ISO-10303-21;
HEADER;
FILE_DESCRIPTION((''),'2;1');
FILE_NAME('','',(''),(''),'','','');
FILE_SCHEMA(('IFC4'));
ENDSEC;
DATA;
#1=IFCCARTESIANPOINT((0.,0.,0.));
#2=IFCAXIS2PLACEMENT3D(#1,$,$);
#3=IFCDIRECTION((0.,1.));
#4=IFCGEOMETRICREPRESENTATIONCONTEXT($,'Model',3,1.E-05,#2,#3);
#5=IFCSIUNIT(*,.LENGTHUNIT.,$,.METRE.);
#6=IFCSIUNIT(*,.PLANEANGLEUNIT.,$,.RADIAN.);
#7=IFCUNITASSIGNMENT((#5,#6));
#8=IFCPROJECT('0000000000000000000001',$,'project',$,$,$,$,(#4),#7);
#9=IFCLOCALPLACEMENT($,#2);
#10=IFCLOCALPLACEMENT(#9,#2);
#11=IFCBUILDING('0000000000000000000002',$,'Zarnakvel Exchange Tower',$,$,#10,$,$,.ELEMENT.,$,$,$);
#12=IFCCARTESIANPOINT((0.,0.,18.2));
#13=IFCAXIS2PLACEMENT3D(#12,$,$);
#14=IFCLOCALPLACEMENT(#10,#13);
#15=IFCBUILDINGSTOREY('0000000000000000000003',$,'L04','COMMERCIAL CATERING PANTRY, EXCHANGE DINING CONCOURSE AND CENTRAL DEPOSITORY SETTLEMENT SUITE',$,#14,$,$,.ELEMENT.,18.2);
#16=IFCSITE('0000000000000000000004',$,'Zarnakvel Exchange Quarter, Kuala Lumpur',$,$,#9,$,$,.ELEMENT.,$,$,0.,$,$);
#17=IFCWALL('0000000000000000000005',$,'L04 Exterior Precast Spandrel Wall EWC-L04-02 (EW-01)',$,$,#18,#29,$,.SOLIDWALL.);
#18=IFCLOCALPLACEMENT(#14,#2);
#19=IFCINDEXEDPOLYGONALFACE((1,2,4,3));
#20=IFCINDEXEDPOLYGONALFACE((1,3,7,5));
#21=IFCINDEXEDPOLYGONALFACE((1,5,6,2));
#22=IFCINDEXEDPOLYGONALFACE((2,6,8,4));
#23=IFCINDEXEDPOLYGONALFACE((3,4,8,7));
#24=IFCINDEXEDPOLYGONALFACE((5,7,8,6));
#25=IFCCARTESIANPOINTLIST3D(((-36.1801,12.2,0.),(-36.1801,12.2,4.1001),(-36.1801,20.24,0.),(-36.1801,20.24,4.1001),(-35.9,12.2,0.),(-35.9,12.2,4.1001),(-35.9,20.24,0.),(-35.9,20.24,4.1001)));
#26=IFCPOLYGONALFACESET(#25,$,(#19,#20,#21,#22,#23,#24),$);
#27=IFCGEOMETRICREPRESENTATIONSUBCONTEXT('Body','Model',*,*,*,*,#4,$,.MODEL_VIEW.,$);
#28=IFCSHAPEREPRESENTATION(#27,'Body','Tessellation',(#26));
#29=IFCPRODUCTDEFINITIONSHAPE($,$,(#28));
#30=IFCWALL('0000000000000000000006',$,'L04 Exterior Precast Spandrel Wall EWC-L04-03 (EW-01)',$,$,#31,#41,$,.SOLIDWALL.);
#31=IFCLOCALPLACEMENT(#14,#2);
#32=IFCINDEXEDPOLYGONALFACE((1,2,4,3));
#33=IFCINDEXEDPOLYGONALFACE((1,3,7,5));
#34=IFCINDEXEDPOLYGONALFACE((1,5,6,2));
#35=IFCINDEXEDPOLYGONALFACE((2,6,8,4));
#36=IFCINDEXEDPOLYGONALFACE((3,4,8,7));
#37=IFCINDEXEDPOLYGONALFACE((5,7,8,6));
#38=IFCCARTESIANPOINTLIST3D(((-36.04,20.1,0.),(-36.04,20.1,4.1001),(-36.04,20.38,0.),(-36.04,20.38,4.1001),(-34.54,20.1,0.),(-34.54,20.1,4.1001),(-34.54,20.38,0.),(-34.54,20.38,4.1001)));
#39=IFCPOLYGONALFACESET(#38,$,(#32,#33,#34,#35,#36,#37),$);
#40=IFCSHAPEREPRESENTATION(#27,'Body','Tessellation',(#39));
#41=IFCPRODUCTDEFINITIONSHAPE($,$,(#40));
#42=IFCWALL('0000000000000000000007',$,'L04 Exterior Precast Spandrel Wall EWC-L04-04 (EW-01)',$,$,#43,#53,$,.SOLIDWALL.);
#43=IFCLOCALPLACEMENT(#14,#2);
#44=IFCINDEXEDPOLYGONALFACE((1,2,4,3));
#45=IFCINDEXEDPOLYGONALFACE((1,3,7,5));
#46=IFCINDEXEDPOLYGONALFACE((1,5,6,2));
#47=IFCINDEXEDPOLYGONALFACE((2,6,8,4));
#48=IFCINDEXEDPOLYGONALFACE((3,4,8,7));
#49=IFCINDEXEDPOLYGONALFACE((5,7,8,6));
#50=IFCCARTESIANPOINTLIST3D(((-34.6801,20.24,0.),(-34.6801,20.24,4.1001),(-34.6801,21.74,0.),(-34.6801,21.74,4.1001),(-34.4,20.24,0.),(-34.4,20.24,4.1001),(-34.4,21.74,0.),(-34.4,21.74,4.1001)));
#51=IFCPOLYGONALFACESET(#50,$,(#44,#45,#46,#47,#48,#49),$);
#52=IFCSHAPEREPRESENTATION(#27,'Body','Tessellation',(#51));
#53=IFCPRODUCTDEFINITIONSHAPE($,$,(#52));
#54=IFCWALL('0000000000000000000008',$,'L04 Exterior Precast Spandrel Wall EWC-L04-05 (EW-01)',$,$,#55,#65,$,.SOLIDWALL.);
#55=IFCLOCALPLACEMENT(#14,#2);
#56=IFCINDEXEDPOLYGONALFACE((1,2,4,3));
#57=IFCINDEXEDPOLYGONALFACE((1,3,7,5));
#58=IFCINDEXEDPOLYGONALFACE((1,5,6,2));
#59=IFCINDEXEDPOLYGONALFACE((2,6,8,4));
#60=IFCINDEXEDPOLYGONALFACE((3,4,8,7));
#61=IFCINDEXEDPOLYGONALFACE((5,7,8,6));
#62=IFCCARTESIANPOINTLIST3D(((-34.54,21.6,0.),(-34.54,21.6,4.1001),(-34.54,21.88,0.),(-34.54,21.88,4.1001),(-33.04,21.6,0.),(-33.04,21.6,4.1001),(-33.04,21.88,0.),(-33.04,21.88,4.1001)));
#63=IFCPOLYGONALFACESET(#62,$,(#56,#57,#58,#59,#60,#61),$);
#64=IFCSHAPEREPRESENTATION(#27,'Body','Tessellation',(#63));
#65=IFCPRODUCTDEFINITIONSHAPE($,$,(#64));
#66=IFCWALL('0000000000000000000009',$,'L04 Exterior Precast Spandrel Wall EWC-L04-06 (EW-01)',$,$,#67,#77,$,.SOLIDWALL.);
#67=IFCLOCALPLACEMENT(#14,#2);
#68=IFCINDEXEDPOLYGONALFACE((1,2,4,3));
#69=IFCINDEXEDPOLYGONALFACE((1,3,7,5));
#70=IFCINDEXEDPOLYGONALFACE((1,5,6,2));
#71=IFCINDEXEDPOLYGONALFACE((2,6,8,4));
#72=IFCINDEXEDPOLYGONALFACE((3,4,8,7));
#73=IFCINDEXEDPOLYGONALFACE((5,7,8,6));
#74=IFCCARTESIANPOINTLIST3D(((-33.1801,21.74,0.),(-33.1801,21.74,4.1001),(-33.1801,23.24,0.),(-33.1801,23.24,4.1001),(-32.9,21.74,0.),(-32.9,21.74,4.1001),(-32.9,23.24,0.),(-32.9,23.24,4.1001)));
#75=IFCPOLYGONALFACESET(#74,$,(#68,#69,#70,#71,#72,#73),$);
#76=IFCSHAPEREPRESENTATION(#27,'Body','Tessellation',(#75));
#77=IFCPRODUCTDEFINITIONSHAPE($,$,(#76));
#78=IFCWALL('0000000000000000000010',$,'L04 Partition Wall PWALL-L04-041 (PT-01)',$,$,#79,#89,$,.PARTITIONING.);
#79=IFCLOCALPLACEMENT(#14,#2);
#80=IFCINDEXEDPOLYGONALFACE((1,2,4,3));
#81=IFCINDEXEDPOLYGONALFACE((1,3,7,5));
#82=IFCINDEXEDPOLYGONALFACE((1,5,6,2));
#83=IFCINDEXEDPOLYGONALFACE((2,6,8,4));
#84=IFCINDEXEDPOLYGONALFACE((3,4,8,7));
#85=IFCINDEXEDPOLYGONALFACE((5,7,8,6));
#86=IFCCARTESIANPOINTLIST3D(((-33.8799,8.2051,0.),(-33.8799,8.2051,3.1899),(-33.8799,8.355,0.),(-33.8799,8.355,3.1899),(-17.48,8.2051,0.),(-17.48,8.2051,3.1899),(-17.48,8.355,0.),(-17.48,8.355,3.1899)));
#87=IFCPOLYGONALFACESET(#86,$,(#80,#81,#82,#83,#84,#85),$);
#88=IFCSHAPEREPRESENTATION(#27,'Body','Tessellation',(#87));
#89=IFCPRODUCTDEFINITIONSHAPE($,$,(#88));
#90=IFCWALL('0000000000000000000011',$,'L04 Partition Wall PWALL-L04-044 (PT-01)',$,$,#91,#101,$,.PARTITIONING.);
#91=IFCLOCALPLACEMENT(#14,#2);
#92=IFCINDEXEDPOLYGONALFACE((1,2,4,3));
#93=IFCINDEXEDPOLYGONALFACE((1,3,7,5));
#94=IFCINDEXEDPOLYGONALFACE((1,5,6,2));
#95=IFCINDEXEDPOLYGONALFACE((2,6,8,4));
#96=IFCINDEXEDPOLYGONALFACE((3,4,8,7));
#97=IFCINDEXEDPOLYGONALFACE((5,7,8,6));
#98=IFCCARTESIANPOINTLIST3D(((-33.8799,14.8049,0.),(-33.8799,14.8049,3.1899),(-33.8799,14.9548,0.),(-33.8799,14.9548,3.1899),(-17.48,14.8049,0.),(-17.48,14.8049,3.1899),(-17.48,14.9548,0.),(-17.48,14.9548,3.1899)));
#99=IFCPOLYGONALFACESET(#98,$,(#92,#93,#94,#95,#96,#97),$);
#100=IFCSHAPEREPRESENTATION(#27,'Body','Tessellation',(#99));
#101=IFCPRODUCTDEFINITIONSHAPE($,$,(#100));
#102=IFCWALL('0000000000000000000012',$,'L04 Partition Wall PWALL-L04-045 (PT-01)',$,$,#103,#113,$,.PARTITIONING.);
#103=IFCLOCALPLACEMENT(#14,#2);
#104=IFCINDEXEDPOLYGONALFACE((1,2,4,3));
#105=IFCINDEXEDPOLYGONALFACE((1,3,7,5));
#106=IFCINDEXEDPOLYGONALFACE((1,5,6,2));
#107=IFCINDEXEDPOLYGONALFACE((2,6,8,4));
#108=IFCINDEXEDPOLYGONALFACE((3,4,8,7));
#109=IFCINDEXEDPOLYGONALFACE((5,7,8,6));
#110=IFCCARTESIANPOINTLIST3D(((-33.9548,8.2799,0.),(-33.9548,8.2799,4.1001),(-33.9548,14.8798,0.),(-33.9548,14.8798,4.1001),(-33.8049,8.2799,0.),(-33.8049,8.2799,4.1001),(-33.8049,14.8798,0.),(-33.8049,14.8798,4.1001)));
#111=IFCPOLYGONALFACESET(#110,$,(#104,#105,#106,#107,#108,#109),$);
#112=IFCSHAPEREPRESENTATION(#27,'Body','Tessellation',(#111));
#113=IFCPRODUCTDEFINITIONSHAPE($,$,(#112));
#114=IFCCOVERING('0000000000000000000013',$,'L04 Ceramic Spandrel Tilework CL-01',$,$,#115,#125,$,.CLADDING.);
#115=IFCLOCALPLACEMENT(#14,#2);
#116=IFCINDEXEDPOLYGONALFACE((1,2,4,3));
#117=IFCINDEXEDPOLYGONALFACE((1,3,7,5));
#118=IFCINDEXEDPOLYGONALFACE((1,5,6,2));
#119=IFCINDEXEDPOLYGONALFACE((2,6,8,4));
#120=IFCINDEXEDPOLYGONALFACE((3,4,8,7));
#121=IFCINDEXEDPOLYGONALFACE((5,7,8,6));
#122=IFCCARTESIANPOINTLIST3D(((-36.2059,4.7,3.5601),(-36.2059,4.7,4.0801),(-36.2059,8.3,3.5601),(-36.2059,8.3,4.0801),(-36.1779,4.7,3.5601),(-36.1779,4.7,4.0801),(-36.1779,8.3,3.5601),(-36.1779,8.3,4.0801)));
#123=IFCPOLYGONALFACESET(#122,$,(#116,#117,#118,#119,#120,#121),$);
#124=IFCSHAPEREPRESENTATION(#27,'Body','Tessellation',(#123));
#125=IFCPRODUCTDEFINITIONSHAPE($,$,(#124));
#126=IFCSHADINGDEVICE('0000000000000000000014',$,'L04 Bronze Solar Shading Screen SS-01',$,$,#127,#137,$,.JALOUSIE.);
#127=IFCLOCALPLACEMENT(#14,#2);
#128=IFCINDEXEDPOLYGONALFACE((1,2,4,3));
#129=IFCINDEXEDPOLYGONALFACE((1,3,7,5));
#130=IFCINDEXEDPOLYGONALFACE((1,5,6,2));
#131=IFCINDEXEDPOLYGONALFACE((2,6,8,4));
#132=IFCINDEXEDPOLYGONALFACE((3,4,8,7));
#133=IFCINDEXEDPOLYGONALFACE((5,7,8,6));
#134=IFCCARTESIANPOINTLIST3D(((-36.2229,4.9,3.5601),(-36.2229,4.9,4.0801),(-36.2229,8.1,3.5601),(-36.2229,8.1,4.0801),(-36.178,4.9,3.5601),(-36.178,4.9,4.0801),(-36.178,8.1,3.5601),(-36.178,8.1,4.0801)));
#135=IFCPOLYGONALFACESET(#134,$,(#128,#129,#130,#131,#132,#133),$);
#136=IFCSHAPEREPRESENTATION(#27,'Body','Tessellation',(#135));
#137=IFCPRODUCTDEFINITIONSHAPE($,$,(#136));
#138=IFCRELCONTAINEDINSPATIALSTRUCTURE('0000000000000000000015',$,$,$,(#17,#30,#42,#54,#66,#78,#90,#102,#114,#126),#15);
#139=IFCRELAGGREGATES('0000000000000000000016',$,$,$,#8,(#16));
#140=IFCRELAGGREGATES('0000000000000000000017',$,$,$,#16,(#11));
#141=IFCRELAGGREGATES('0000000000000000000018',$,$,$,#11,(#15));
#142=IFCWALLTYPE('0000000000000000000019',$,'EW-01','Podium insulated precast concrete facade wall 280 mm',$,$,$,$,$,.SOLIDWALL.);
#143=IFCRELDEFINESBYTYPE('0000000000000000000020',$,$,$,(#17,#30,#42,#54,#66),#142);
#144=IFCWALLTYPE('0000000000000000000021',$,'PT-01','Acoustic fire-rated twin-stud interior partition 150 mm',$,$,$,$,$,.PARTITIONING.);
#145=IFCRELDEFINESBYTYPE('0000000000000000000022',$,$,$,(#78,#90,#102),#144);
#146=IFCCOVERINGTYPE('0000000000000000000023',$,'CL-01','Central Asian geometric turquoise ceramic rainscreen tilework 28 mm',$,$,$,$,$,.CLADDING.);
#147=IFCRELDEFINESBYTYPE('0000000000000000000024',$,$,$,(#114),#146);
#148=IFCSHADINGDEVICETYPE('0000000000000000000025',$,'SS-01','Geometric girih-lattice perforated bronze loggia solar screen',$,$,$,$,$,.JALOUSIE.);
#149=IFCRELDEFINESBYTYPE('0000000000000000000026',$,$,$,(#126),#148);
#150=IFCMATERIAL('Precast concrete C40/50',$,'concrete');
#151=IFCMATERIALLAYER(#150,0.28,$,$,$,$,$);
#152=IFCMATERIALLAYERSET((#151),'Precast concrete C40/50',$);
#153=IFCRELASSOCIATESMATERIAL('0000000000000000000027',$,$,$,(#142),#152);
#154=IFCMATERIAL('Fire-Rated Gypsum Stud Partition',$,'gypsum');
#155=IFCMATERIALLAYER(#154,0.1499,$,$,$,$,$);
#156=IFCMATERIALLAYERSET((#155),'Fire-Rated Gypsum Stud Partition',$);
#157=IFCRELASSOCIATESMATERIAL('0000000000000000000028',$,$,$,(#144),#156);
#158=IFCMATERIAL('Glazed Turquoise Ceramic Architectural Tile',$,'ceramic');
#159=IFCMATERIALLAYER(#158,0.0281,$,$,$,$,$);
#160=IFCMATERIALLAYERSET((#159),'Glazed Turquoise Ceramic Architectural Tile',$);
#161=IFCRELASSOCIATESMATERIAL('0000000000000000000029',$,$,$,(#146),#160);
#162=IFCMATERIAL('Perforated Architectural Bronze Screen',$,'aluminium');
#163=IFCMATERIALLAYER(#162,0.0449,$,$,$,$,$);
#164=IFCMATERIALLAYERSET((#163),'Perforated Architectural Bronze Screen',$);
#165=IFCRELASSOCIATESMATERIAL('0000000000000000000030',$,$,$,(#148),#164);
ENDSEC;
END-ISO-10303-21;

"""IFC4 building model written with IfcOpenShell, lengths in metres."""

from ifc_helpers import new_model, si_unit, direction, frame, frame_2d, origin, origin_2d, place, context, subcontext, project, spatial, rectangle, extrude, source, transform, mapped, material, layer, layer_set, type_object, element, save


model = new_model("IFC4")

# Units and contexts
model_context = context("Model", 3, precision=1e-05, world=origin(), true_north=direction((0.0, 1.0)))
body_context = subcontext(model_context, "Body", "Model", "MODEL_VIEW")
ifc_project = project(units=[si_unit("LENGTHUNIT", "METRE"), si_unit("PLANEANGLEUNIT", "RADIAN")], contexts=[model_context])

# Site, building, storey
site_placement = place(None, origin())
site = spatial("IfcSite", under=ifc_project, at=site_placement, Name="Zarnakvel Exchange Quarter, Kuala Lumpur", CompositionType="ELEMENT", RefElevation=0.0)
building_placement = place(site_placement, origin())
building = spatial("IfcBuilding", under=site, at=building_placement, Name="Zarnakvel Exchange Tower", CompositionType="ELEMENT")
storey_placement = place(building_placement, frame((0.0, 0.0, 18.2)))
storey = spatial("IfcBuildingStorey", under=building, at=storey_placement, Name="L04", Description="COMMERCIAL CATERING PANTRY, EXCHANGE DINING CONCOURSE AND CENTRAL DEPOSITORY SETTLEMENT SUITE", CompositionType="ELEMENT", Elevation=18.2)

# Walls
ifc_material_1 = material(Name="Precast concrete C40/50", Category="concrete")
ifc_layer_1 = layer(ifc_material_1, 0.28)
ifc_layer_set_1 = layer_set([ifc_layer_1], Name="Precast concrete C40/50")
wall_type_1 = type_object("IfcWallType", Name="EW-01", Description="Podium insulated precast concrete facade wall 280 mm", PredefinedType="SOLIDWALL", material=ifc_layer_set_1)
wall_1_placement = place(storey_placement, frame((-36.04, 20.24, 0.0), z_axis=(0.0, 0.0, 1.0), x_axis=(0.0, -1.0, 0.0)))
element("IfcWall", 1, at=wall_1_placement, inside=storey, type_object=wall_type_1, Name="L04 Exterior Precast Spandrel Wall EWC-L04-02 (EW-01)", PredefinedType="SOLIDWALL", context=body_context, shape_type="SweptSolid", body=[
    extrude(rectangle(XDim=8.04, YDim=0.28, at=frame_2d((4.02, 0.0))), origin(), (0.0, 0.0, 1.0), 4.1001),
])
for number, where, z_axis, x_axis, name in (
    (2, (-34.54, 20.24, 0.0), (0.0, 0.0, 1.0), (-1.0, 0.0, 0.0), "L04 Exterior Precast Spandrel Wall EWC-L04-03 (EW-01)"),
    (3, (-34.54, 21.74, 0.0), (0.0, 0.0, 1.0), (0.0, -1.0, 0.0), "L04 Exterior Precast Spandrel Wall EWC-L04-04 (EW-01)"),
    (4, (-33.04, 21.74, 0.0), (0.0, 0.0, 1.0), (-1.0, 0.0, 0.0), "L04 Exterior Precast Spandrel Wall EWC-L04-05 (EW-01)"),
    (5, (-33.04, 23.24, 0.0), (0.0, 0.0, 1.0), (0.0, -1.0, 0.0), "L04 Exterior Precast Spandrel Wall EWC-L04-06 (EW-01)"),
):
    element("IfcWall", number, at=place(storey_placement, frame(where, z_axis=z_axis, x_axis=x_axis)), inside=storey, type_object=wall_type_1, Name=name, PredefinedType="SOLIDWALL", context=body_context, shape_type="SweptSolid", body=[
        extrude(rectangle(XDim=1.5, YDim=0.28, at=frame_2d((0.75, 0.0))), origin(), (0.0, 0.0, 1.0), 4.1001),
    ])
ifc_material_2 = material(Name="Fire-Rated Gypsum Stud Partition", Category="gypsum")
ifc_layer_2 = layer(ifc_material_2, 0.1499)
ifc_layer_set_2 = layer_set([ifc_layer_2], Name="Fire-Rated Gypsum Stud Partition")
wall_type_2 = type_object("IfcWallType", Name="PT-01", Description="Acoustic fire-rated twin-stud interior partition 150 mm", PredefinedType="PARTITIONING", material=ifc_layer_set_2)
for number, where, z_axis, x_axis, name in (
    (6, (-33.8799, 8.28, 0.0), (0.0, 0.0, 1.0), (1.0, 0.0, 0.0), "L04 Partition Wall PWALL-L04-041 (PT-01)"),
    (7, (-33.8799, 14.8799, 0.0), (0.0, 0.0, 1.0), (1.0, 0.0, 0.0), "L04 Partition Wall PWALL-L04-044 (PT-01)"),
):
    element("IfcWall", number, at=place(storey_placement, frame(where, z_axis=z_axis, x_axis=x_axis)), inside=storey, type_object=wall_type_2, Name=name, PredefinedType="PARTITIONING", context=body_context, shape_type="SweptSolid", body=[
        extrude(rectangle(XDim=16.3999, YDim=0.1499, at=frame_2d((8.2, 0.0))), origin(), (0.0, 0.0, 1.0), 3.1899),
    ])
wall_2_placement = place(storey_placement, frame((-33.8799, 8.28, 0.0), z_axis=(0.0, 0.0, 1.0), x_axis=(0.0, 1.0, 0.0)))
element("IfcWall", 8, at=wall_2_placement, inside=storey, type_object=wall_type_2, Name="L04 Partition Wall PWALL-L04-045 (PT-01)", PredefinedType="PARTITIONING", context=body_context, shape_type="SweptSolid", body=[
    extrude(rectangle(XDim=6.5999, YDim=0.1499, at=frame_2d((3.2998, 0.0))), origin(), (0.0, 0.0, 1.0), 4.1001),
])

# Covering
ifc_material_3 = material(Name="Glazed Turquoise Ceramic Architectural Tile", Category="ceramic")
ifc_layer_3 = layer(ifc_material_3, 0.0281)
ifc_layer_set_3 = layer_set([ifc_layer_3], Name="Glazed Turquoise Ceramic Architectural Tile")
covering_type = type_object("IfcCoveringType", Name="CL-01", Description="Central Asian geometric turquoise ceramic rainscreen tilework 28 mm", PredefinedType="CLADDING", material=ifc_layer_set_3)
shared_shape_1 = source(origin(), body_context, "Body", "SweptSolid", [
    extrude(rectangle(XDim=3.6001, YDim=0.0281, at=origin_2d()), origin(), (0.0, 0.0, 1.0), 0.52),
])
covering_placement = place(storey_placement, frame((-36.1919, 6.5, 3.5601), z_axis=(0.0, 0.0, 1.0), x_axis=(0.0, 1.0, 0.0)))
element("IfcCovering", 9, at=covering_placement, inside=storey, type_object=covering_type, Name="L04 Ceramic Spandrel Tilework CL-01", PredefinedType="CLADDING", context=body_context, shape_type="MappedRepresentation", body=[
    mapped(shared_shape_1, transform((0.0, 0.0, 0.0), x_axis=(1.0, 0.0, 0.0), y_axis=(0.0, 1.0, 0.0), z_axis=(0.0, 0.0, 1.0), scale=1.0)),
])

# Shading device
ifc_material_4 = material(Name="Perforated Architectural Bronze Screen", Category="aluminium")
ifc_layer_4 = layer(ifc_material_4, 0.0449)
ifc_layer_set_4 = layer_set([ifc_layer_4], Name="Perforated Architectural Bronze Screen")
shading_device_type = type_object("IfcShadingDeviceType", Name="SS-01", Description="Geometric girih-lattice perforated bronze loggia solar screen", PredefinedType="JALOUSIE", material=ifc_layer_set_4)
shared_shape_2 = source(origin(), body_context, "Body", "SweptSolid", [
    extrude(rectangle(XDim=3.2, YDim=0.0449, at=origin_2d()), origin(), (0.0, 0.0, 1.0), 0.52),
])
shading_device_placement = place(storey_placement, frame((-36.2004, 6.5, 3.5601), z_axis=(0.0, 0.0, 1.0), x_axis=(0.0, 1.0, 0.0)))
element("IfcShadingDevice", 10, at=shading_device_placement, inside=storey, type_object=shading_device_type, Name="L04 Bronze Solar Shading Screen SS-01", PredefinedType="JALOUSIE", context=body_context, shape_type="MappedRepresentation", body=[
    mapped(shared_shape_2, transform((0.0, 0.0, 0.0), x_axis=(1.0, 0.0, 0.0), y_axis=(0.0, 1.0, 0.0), z_axis=(0.0, 0.0, 1.0), scale=1.0)),
])

save(model, "model.ifc")
